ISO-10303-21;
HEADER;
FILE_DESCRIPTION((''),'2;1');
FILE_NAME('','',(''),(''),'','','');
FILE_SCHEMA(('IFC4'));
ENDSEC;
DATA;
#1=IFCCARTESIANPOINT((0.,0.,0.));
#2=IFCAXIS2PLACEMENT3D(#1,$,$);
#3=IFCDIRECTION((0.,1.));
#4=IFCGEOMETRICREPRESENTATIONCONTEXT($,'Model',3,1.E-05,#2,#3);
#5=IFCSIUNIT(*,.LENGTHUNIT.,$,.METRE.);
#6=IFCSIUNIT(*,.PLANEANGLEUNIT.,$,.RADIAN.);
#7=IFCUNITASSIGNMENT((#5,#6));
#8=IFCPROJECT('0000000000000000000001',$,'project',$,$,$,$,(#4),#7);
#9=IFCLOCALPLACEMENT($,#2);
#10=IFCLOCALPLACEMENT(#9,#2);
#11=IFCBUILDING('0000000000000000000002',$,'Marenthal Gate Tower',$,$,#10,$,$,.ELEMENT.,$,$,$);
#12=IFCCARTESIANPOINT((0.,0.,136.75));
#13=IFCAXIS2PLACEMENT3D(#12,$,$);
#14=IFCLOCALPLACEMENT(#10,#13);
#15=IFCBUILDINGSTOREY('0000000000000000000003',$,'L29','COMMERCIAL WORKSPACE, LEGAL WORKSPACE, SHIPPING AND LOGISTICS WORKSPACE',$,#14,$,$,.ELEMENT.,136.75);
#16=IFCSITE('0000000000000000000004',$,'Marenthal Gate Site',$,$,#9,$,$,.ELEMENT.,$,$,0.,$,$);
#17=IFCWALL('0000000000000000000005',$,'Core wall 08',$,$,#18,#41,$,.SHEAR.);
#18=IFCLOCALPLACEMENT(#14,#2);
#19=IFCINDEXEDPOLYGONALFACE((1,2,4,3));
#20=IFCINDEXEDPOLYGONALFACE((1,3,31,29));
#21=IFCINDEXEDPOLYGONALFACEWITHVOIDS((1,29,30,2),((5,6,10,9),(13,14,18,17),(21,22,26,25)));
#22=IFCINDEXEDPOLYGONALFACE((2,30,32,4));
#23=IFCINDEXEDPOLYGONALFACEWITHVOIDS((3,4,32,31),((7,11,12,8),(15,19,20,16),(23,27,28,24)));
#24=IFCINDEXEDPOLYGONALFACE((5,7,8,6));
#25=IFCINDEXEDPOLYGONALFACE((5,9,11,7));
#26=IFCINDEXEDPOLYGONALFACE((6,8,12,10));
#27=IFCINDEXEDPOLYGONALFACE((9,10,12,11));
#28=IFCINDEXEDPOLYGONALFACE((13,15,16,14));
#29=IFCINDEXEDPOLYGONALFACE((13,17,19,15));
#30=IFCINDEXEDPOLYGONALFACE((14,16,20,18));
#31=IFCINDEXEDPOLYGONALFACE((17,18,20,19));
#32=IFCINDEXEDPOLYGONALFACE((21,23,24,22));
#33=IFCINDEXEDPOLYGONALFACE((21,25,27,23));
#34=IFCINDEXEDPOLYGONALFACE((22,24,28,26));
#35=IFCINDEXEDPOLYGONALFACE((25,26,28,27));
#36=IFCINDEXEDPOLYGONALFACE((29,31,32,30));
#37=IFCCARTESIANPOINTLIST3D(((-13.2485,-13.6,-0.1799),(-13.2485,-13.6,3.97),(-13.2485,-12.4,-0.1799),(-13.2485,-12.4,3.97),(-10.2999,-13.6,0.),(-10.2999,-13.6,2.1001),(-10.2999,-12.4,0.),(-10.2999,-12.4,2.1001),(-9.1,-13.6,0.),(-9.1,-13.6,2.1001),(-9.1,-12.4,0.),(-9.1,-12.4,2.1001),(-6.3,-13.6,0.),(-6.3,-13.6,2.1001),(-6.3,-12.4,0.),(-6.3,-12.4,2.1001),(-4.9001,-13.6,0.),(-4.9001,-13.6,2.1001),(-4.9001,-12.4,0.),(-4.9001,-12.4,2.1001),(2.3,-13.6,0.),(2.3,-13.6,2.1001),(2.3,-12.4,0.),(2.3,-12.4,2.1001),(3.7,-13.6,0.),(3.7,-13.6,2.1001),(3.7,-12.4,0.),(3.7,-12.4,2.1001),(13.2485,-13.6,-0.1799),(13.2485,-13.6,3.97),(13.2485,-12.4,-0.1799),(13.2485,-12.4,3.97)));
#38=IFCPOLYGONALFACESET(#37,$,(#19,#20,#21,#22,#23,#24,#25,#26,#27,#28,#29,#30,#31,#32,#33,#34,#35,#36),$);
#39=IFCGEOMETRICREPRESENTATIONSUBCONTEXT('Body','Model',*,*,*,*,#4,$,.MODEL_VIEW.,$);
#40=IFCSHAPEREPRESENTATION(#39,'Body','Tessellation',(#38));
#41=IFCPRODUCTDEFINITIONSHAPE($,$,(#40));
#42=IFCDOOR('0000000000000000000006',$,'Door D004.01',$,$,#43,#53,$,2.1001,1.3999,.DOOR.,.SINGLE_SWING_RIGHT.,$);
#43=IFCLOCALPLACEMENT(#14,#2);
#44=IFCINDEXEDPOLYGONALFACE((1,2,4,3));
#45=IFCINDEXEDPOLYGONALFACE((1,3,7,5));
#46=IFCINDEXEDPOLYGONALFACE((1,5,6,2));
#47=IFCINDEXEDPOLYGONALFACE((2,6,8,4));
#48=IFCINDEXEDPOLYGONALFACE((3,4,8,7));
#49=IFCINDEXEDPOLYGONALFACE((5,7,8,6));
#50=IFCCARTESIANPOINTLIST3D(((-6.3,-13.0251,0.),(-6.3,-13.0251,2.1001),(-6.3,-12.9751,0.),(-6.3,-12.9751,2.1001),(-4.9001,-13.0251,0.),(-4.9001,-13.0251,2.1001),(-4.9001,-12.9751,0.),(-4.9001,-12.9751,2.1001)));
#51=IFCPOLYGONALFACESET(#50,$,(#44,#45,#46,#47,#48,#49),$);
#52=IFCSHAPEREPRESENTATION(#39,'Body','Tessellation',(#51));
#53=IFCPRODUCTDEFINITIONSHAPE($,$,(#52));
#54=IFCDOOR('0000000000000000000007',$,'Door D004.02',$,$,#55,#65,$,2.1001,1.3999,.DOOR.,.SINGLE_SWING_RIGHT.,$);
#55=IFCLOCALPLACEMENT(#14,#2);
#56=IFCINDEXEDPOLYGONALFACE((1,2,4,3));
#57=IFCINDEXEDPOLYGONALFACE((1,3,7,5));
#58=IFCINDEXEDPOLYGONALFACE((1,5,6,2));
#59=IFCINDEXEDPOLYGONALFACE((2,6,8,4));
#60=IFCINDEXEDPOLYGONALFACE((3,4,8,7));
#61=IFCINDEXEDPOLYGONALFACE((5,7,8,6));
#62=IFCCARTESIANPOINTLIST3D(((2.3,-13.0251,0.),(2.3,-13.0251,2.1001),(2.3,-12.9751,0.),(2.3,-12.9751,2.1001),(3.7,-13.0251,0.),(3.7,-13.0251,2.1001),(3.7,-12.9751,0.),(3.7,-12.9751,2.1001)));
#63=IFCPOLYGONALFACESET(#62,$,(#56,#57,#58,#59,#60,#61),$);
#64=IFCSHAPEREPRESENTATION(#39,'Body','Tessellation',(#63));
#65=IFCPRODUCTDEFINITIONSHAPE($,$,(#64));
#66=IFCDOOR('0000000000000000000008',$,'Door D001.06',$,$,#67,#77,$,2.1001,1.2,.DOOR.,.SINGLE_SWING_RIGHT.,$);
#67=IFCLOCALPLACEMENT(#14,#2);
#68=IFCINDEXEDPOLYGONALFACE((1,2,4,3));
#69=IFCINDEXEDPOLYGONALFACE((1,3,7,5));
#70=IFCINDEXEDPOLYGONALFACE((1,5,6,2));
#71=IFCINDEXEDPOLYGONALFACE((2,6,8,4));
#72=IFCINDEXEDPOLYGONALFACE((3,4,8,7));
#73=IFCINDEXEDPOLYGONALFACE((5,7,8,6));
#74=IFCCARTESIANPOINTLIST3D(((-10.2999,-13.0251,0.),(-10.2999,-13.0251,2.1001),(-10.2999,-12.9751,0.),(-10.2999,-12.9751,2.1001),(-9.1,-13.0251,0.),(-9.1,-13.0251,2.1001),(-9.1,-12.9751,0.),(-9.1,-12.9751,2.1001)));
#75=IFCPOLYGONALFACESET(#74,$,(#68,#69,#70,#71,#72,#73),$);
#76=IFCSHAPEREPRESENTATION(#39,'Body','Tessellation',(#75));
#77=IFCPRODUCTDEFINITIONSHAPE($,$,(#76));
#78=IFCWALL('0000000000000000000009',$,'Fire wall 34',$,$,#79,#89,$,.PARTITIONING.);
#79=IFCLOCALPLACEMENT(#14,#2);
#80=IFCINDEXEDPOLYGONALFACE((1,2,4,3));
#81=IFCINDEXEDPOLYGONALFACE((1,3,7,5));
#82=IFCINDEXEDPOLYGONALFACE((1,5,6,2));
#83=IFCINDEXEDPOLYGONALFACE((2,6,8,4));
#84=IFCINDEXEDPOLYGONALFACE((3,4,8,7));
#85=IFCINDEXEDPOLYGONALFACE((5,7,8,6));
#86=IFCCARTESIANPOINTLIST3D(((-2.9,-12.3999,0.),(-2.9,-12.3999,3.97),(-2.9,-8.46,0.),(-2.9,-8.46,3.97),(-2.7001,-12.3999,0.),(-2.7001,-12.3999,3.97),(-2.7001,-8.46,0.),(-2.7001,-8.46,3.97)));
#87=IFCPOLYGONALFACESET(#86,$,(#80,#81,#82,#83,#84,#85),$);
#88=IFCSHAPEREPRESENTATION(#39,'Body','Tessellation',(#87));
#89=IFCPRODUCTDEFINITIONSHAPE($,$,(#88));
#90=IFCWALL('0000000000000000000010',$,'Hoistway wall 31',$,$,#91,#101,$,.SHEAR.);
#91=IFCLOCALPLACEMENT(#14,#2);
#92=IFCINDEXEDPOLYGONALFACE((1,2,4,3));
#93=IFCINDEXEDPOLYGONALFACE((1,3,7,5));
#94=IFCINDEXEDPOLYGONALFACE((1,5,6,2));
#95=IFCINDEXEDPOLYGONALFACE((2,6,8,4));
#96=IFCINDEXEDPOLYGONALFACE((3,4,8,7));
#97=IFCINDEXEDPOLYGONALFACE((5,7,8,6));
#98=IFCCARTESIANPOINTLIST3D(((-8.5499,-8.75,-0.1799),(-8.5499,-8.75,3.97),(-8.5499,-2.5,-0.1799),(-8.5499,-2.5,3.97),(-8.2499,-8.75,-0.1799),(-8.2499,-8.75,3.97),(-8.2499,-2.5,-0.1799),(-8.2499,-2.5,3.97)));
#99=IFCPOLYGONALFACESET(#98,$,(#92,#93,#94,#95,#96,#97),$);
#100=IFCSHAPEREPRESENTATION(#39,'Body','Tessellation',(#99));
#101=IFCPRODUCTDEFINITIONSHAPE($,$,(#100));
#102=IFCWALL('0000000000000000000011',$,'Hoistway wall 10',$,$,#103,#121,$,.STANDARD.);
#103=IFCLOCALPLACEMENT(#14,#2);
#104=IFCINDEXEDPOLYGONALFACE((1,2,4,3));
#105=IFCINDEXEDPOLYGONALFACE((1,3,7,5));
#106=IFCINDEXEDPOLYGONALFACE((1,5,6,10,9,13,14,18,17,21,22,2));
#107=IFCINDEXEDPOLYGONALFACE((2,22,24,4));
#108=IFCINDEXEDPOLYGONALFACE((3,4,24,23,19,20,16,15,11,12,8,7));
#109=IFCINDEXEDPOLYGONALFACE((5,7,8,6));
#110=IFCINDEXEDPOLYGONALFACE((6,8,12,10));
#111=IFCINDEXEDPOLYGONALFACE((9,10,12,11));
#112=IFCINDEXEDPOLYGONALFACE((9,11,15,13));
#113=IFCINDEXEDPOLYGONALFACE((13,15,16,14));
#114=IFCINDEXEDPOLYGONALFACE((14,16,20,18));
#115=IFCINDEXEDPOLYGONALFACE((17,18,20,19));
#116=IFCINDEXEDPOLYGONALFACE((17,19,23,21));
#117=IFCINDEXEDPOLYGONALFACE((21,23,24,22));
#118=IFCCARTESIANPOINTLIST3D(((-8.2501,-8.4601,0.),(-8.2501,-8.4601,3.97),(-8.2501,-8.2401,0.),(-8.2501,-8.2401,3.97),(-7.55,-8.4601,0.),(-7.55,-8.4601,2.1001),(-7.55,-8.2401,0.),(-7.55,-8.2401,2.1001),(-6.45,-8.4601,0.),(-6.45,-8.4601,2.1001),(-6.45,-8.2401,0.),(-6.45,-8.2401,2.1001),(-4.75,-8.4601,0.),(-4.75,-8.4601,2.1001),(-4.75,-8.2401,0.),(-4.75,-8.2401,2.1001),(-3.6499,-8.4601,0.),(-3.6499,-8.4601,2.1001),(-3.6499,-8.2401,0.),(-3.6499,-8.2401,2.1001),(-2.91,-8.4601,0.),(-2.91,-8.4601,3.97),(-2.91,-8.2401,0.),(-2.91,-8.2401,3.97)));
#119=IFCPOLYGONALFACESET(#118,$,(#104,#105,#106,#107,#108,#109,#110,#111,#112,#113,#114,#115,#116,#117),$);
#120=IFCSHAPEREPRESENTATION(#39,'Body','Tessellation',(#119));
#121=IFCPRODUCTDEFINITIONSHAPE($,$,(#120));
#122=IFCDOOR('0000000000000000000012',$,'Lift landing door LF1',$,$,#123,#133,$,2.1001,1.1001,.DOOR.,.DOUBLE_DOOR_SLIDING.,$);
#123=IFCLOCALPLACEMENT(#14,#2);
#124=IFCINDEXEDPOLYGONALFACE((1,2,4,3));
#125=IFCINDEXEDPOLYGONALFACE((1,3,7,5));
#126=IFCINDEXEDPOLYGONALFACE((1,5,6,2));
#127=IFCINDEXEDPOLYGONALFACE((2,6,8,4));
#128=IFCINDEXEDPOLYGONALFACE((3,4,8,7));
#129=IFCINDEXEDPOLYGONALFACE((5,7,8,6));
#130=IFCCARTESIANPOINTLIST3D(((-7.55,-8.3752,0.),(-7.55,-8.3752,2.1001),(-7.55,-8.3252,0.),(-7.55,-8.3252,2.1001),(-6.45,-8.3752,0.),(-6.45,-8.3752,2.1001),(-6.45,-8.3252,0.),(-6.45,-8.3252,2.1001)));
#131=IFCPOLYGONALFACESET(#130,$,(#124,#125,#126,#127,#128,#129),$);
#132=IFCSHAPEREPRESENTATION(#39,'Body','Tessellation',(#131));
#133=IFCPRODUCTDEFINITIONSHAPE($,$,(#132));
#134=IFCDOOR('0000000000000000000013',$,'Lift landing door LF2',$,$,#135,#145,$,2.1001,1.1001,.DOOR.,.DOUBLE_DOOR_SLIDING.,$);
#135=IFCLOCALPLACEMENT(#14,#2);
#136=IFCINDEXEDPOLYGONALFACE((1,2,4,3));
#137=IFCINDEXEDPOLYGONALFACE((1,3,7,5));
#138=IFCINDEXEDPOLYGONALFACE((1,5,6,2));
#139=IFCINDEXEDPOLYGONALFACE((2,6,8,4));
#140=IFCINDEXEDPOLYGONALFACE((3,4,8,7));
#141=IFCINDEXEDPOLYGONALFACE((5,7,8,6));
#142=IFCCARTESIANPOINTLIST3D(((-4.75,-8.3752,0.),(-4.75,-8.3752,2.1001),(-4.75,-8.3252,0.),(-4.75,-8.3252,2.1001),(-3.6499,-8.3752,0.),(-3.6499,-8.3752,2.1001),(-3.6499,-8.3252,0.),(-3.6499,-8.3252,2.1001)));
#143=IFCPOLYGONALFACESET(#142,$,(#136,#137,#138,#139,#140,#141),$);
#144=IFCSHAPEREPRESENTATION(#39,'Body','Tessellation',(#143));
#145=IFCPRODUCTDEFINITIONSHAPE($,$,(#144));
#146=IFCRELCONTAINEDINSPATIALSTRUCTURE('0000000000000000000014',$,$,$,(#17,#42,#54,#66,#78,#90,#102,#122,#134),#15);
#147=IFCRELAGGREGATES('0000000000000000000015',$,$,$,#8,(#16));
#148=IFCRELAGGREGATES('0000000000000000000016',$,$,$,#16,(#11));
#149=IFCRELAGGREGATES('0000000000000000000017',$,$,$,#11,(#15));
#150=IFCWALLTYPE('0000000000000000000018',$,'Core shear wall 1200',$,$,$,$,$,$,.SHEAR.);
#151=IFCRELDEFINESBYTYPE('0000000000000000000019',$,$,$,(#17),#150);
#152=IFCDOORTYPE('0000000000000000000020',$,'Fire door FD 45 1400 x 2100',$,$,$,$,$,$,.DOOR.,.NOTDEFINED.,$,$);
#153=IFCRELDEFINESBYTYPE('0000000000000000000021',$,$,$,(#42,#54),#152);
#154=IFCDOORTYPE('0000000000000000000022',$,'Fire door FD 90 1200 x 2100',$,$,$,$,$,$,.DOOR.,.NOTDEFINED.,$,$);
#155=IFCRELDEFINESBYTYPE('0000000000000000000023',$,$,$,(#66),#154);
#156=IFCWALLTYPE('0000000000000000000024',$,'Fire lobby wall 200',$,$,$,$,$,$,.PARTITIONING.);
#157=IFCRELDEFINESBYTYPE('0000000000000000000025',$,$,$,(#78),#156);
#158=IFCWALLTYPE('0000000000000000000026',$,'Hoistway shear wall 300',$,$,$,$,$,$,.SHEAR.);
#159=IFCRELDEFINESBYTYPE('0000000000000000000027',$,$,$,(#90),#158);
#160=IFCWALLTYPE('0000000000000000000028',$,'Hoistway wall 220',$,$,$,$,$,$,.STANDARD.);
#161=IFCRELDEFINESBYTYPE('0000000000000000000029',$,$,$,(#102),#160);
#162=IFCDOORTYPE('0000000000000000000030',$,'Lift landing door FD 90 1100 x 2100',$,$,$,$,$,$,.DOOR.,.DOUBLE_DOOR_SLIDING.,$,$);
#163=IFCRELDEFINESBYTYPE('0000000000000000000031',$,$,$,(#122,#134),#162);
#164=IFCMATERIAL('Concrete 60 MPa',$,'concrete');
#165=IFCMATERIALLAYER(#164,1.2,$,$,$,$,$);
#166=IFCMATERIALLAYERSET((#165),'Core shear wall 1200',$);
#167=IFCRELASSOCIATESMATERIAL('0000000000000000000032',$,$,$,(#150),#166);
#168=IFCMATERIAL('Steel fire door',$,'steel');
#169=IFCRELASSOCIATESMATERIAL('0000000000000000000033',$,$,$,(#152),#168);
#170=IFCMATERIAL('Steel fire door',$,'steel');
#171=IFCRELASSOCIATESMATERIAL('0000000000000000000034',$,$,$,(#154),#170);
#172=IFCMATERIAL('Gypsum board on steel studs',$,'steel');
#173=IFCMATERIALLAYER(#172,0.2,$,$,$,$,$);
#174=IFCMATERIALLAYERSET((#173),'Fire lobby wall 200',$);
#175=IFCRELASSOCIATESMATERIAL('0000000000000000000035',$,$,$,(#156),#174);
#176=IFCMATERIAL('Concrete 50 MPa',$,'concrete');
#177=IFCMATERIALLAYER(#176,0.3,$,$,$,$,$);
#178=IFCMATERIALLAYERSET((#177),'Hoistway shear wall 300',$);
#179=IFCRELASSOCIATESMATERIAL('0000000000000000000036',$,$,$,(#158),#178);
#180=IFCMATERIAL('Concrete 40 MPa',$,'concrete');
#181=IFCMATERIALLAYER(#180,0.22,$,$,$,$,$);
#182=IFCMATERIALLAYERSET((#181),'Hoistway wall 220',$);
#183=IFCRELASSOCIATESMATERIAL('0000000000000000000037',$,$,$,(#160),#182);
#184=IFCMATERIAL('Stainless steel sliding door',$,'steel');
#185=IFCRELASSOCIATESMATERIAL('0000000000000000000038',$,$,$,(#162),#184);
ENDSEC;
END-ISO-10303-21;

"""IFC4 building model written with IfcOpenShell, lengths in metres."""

from ifc_helpers import new_model, si_unit, direction, frame, frame_2d, origin, place, context, subcontext, project, spatial, rectangle, extrude, material, layer, layer_set, type_object, element, fill, save


model = new_model("IFC4")

# Units and contexts
model_context = context("Model", 3, precision=1e-05, world=origin(), true_north=direction((0.0, 1.0)))
body_context = subcontext(model_context, "Body", "Model", "MODEL_VIEW")
ifc_project = project(units=[si_unit("LENGTHUNIT", "METRE"), si_unit("PLANEANGLEUNIT", "RADIAN")], contexts=[model_context])

# Site, building, storey
site_placement = place(None, origin())
site = spatial("IfcSite", under=ifc_project, at=site_placement, Name="Marenthal Gate Site", CompositionType="ELEMENT", RefElevation=0.0)
building_placement = place(site_placement, origin())
building = spatial("IfcBuilding", under=site, at=building_placement, Name="Marenthal Gate Tower", CompositionType="ELEMENT")
storey_placement = place(building_placement, frame((0.0, 0.0, 136.75)))
storey = spatial("IfcBuildingStorey", under=building, at=storey_placement, Name="L29", Description="COMMERCIAL WORKSPACE, LEGAL WORKSPACE, SHIPPING AND LOGISTICS WORKSPACE", CompositionType="ELEMENT", Elevation=136.75)

# Wall, openings, doors
ifc_material_1 = material(Name="Concrete 60 MPa", Category="concrete")
ifc_layer_1 = layer(ifc_material_1, 1.2)
ifc_layer_set_1 = layer_set([ifc_layer_1], Name="Core shear wall 1200")
wall_type_1 = type_object("IfcWallType", Name="Core shear wall 1200", PredefinedType="SHEAR", material=ifc_layer_set_1)
wall_1_placement = place(storey_placement, frame((-13.2485, -13.0, -0.1799), z_axis=(0.0, 0.0, 1.0), x_axis=(1.0, 0.0, 0.0)))
wall_1 = element("IfcWall", 1, at=wall_1_placement, inside=storey, type_object=wall_type_1, Name="Core wall 08", PredefinedType="SHEAR", context=body_context, shape_type="SweptSolid", body=[
    extrude(rectangle(XDim=26.4971, YDim=1.2, at=frame_2d((13.2485, 0.0))), origin(), (0.0, 0.0, 1.0), 4.1499),
])
opening_1_placement = place(wall_1_placement, frame((2.9485, 0.0, 0.1799)))
opening_1 = element("IfcOpeningElement", 2, at=opening_1_placement, cuts=wall_1, PredefinedType="OPENING", context=body_context, shape_type="SweptSolid", body=[
    extrude(rectangle(XDim=1.2, YDim=2.1001, at=frame_2d((0.6001, 1.05))), frame((0.0, 0.6099, 0.0), z_axis=(0.0, -1.0, 0.0), x_axis=(1.0, 0.0, 0.0)), (0.0, 0.0, 1.0), 1.22),
])
opening_2_placement = place(wall_1_placement, frame((6.9485, 0.0, 0.1799)))
opening_2 = element("IfcOpeningElement", 3, at=opening_2_placement, cuts=wall_1, PredefinedType="OPENING", context=body_context, shape_type="SweptSolid", body=[
    extrude(rectangle(XDim=1.3999, YDim=2.1001, at=frame_2d((0.7, 1.05))), frame((0.0, 0.6099, 0.0), z_axis=(0.0, -1.0, 0.0), x_axis=(1.0, 0.0, 0.0)), (0.0, 0.0, 1.0), 1.22),
])
opening_3_placement = place(wall_1_placement, frame((15.5486, 0.0, 0.1799)))
opening_3 = element("IfcOpeningElement", 4, at=opening_3_placement, cuts=wall_1, PredefinedType="OPENING", context=body_context, shape_type="SweptSolid", body=[
    extrude(rectangle(XDim=1.3999, YDim=2.1001, at=frame_2d((0.7, 1.05))), frame((0.0, 0.6099, 0.0), z_axis=(0.0, -1.0, 0.0), x_axis=(1.0, 0.0, 0.0)), (0.0, 0.0, 1.0), 1.22),
])
ifc_material_2 = material(Name="Steel fire door", Category="steel")
door_type_1 = type_object("IfcDoorType", Name="Fire door FD 45 1400 x 2100", OperationType="NOTDEFINED", PredefinedType="DOOR", material=ifc_material_2)
door_1_placement = place(opening_2_placement, origin())
door_1 = element("IfcDoor", 5, at=door_1_placement, inside=storey, type_object=door_type_1, Name="Door D004.01", OperationType="SINGLE_SWING_RIGHT", OverallHeight=2.1001, OverallWidth=1.3999, PredefinedType="DOOR", context=body_context, shape_type="SweptSolid", body=[
    extrude(rectangle(XDim=1.3999, YDim=2.1001, at=frame_2d((0.7, 1.05))), frame((0.0, 0.0249, 0.0), z_axis=(0.0, -1.0, 0.0), x_axis=(1.0, 0.0, 0.0)), (0.0, 0.0, 1.0), 0.05),
])
fill(opening_2, door_1)
door_2_placement = place(opening_3_placement, origin())
door_2 = element("IfcDoor", 6, at=door_2_placement, inside=storey, type_object=door_type_1, Name="Door D004.02", OperationType="SINGLE_SWING_RIGHT", OverallHeight=2.1001, OverallWidth=1.3999, PredefinedType="DOOR", context=body_context, shape_type="SweptSolid", body=[
    extrude(rectangle(XDim=1.3999, YDim=2.1001, at=frame_2d((0.7, 1.05))), frame((0.0, 0.0249, 0.0), z_axis=(0.0, -1.0, 0.0), x_axis=(1.0, 0.0, 0.0)), (0.0, 0.0, 1.0), 0.05),
])
fill(opening_3, door_2)
ifc_material_3 = material(Name="Steel fire door", Category="steel")
door_type_2 = type_object("IfcDoorType", Name="Fire door FD 90 1200 x 2100", OperationType="NOTDEFINED", PredefinedType="DOOR", material=ifc_material_3)
door_3_placement = place(opening_1_placement, origin())
door_3 = element("IfcDoor", 7, at=door_3_placement, inside=storey, type_object=door_type_2, Name="Door D001.06", OperationType="SINGLE_SWING_RIGHT", OverallHeight=2.1001, OverallWidth=1.2, PredefinedType="DOOR", context=body_context, shape_type="SweptSolid", body=[
    extrude(rectangle(XDim=1.2, YDim=2.1001, at=frame_2d((0.6001, 1.05))), frame((0.0, 0.0249, 0.0), z_axis=(0.0, -1.0, 0.0), x_axis=(1.0, 0.0, 0.0)), (0.0, 0.0, 1.0), 0.05),
])
fill(opening_1, door_3)

# Walls
ifc_material_4 = material(Name="Gypsum board on steel studs", Category="steel")
ifc_layer_2 = layer(ifc_material_4, 0.2)
ifc_layer_set_2 = layer_set([ifc_layer_2], Name="Fire lobby wall 200")
wall_type_2 = type_object("IfcWallType", Name="Fire lobby wall 200", PredefinedType="PARTITIONING", material=ifc_layer_set_2)
wall_2_placement = place(storey_placement, frame((-2.8, -12.3999, 0.0), z_axis=(0.0, 0.0, 1.0), x_axis=(0.0, 1.0, 0.0)))
element("IfcWall", 8, at=wall_2_placement, inside=storey, type_object=wall_type_2, Name="Fire wall 34", PredefinedType="PARTITIONING", context=body_context, shape_type="SweptSolid", body=[
    extrude(rectangle(XDim=3.9399, YDim=0.2, at=frame_2d((1.97, 0.0))), origin(), (0.0, 0.0, 1.0), 3.97),
])
ifc_material_5 = material(Name="Concrete 50 MPa", Category="concrete")
ifc_layer_3 = layer(ifc_material_5, 0.3)
ifc_layer_set_3 = layer_set([ifc_layer_3], Name="Hoistway shear wall 300")
wall_type_3 = type_object("IfcWallType", Name="Hoistway shear wall 300", PredefinedType="SHEAR", material=ifc_layer_set_3)
wall_3_placement = place(storey_placement, frame((-8.3999, -8.75, -0.1799), z_axis=(0.0, 0.0, 1.0), x_axis=(0.0, 1.0, 0.0)))
element("IfcWall", 9, at=wall_3_placement, inside=storey, type_object=wall_type_3, Name="Hoistway wall 31", PredefinedType="SHEAR", context=body_context, shape_type="SweptSolid", body=[
    extrude(rectangle(XDim=6.25, YDim=0.3, at=frame_2d((3.125, 0.0))), origin(), (0.0, 0.0, 1.0), 4.1499),
])

# Wall, openings, doors
ifc_material_6 = material(Name="Concrete 40 MPa", Category="concrete")
ifc_layer_4 = layer(ifc_material_6, 0.22)
ifc_layer_set_4 = layer_set([ifc_layer_4], Name="Hoistway wall 220")
wall_type_4 = type_object("IfcWallType", Name="Hoistway wall 220", PredefinedType="STANDARD", material=ifc_layer_set_4)
wall_4_placement = place(storey_placement, frame((-8.25, -8.3501, 0.0), z_axis=(0.0, 0.0, 1.0), x_axis=(1.0, 0.0, 0.0)))
wall_4 = element("IfcWall", 10, at=wall_4_placement, inside=storey, type_object=wall_type_4, Name="Hoistway wall 10", PredefinedType="STANDARD", context=body_context, shape_type="SweptSolid", body=[
    extrude(rectangle(XDim=5.3401, YDim=0.22, at=frame_2d((2.6699, 0.0))), origin(), (0.0, 0.0, 1.0), 3.97),
])
opening_4_placement = place(wall_4_placement, frame((0.7, 0.0, 0.0)))
opening_4 = element("IfcOpeningElement", 11, at=opening_4_placement, cuts=wall_4, PredefinedType="OPENING", context=body_context, shape_type="SweptSolid", body=[
    extrude(rectangle(XDim=1.1001, YDim=2.1001, at=frame_2d((0.55, 1.05))), frame((0.0, 0.1201, 0.0), z_axis=(0.0, -1.0, 0.0), x_axis=(1.0, 0.0, 0.0)), (0.0, 0.0, 1.0), 0.24),
])
opening_5_placement = place(wall_4_placement, frame((3.5, 0.0, 0.0)))
opening_5 = element("IfcOpeningElement", 12, at=opening_5_placement, cuts=wall_4, PredefinedType="OPENING", context=body_context, shape_type="SweptSolid", body=[
    extrude(rectangle(XDim=1.1001, YDim=2.1001, at=frame_2d((0.55, 1.05))), frame((0.0, 0.1201, 0.0), z_axis=(0.0, -1.0, 0.0), x_axis=(1.0, 0.0, 0.0)), (0.0, 0.0, 1.0), 0.24),
])
ifc_material_7 = material(Name="Stainless steel sliding door", Category="steel")
door_type_3 = type_object("IfcDoorType", Name="Lift landing door FD 90 1100 x 2100", OperationType="DOUBLE_DOOR_SLIDING", PredefinedType="DOOR", material=ifc_material_7)
door_4_placement = place(opening_4_placement, origin())
door_4 = element("IfcDoor", 13, at=door_4_placement, inside=storey, type_object=door_type_3, Name="Lift landing door LF1", OperationType="DOUBLE_DOOR_SLIDING", OverallHeight=2.1001, OverallWidth=1.1001, PredefinedType="DOOR", context=body_context, shape_type="SweptSolid", body=[
    extrude(rectangle(XDim=1.1001, YDim=2.1001, at=frame_2d((0.55, 1.05))), frame((0.0, 0.0249, 0.0), z_axis=(0.0, -1.0, 0.0), x_axis=(1.0, 0.0, 0.0)), (0.0, 0.0, 1.0), 0.05),
])
fill(opening_4, door_4)
door_5_placement = place(opening_5_placement, origin())
door_5 = element("IfcDoor", 14, at=door_5_placement, inside=storey, type_object=door_type_3, Name="Lift landing door LF2", OperationType="DOUBLE_DOOR_SLIDING", OverallHeight=2.1001, OverallWidth=1.1001, PredefinedType="DOOR", context=body_context, shape_type="SweptSolid", body=[
    extrude(rectangle(XDim=1.1001, YDim=2.1001, at=frame_2d((0.55, 1.05))), frame((0.0, 0.0249, 0.0), z_axis=(0.0, -1.0, 0.0), x_axis=(1.0, 0.0, 0.0)), (0.0, 0.0, 1.0), 0.05),
])
fill(opening_5, door_5)

save(model, "model.ifc")
